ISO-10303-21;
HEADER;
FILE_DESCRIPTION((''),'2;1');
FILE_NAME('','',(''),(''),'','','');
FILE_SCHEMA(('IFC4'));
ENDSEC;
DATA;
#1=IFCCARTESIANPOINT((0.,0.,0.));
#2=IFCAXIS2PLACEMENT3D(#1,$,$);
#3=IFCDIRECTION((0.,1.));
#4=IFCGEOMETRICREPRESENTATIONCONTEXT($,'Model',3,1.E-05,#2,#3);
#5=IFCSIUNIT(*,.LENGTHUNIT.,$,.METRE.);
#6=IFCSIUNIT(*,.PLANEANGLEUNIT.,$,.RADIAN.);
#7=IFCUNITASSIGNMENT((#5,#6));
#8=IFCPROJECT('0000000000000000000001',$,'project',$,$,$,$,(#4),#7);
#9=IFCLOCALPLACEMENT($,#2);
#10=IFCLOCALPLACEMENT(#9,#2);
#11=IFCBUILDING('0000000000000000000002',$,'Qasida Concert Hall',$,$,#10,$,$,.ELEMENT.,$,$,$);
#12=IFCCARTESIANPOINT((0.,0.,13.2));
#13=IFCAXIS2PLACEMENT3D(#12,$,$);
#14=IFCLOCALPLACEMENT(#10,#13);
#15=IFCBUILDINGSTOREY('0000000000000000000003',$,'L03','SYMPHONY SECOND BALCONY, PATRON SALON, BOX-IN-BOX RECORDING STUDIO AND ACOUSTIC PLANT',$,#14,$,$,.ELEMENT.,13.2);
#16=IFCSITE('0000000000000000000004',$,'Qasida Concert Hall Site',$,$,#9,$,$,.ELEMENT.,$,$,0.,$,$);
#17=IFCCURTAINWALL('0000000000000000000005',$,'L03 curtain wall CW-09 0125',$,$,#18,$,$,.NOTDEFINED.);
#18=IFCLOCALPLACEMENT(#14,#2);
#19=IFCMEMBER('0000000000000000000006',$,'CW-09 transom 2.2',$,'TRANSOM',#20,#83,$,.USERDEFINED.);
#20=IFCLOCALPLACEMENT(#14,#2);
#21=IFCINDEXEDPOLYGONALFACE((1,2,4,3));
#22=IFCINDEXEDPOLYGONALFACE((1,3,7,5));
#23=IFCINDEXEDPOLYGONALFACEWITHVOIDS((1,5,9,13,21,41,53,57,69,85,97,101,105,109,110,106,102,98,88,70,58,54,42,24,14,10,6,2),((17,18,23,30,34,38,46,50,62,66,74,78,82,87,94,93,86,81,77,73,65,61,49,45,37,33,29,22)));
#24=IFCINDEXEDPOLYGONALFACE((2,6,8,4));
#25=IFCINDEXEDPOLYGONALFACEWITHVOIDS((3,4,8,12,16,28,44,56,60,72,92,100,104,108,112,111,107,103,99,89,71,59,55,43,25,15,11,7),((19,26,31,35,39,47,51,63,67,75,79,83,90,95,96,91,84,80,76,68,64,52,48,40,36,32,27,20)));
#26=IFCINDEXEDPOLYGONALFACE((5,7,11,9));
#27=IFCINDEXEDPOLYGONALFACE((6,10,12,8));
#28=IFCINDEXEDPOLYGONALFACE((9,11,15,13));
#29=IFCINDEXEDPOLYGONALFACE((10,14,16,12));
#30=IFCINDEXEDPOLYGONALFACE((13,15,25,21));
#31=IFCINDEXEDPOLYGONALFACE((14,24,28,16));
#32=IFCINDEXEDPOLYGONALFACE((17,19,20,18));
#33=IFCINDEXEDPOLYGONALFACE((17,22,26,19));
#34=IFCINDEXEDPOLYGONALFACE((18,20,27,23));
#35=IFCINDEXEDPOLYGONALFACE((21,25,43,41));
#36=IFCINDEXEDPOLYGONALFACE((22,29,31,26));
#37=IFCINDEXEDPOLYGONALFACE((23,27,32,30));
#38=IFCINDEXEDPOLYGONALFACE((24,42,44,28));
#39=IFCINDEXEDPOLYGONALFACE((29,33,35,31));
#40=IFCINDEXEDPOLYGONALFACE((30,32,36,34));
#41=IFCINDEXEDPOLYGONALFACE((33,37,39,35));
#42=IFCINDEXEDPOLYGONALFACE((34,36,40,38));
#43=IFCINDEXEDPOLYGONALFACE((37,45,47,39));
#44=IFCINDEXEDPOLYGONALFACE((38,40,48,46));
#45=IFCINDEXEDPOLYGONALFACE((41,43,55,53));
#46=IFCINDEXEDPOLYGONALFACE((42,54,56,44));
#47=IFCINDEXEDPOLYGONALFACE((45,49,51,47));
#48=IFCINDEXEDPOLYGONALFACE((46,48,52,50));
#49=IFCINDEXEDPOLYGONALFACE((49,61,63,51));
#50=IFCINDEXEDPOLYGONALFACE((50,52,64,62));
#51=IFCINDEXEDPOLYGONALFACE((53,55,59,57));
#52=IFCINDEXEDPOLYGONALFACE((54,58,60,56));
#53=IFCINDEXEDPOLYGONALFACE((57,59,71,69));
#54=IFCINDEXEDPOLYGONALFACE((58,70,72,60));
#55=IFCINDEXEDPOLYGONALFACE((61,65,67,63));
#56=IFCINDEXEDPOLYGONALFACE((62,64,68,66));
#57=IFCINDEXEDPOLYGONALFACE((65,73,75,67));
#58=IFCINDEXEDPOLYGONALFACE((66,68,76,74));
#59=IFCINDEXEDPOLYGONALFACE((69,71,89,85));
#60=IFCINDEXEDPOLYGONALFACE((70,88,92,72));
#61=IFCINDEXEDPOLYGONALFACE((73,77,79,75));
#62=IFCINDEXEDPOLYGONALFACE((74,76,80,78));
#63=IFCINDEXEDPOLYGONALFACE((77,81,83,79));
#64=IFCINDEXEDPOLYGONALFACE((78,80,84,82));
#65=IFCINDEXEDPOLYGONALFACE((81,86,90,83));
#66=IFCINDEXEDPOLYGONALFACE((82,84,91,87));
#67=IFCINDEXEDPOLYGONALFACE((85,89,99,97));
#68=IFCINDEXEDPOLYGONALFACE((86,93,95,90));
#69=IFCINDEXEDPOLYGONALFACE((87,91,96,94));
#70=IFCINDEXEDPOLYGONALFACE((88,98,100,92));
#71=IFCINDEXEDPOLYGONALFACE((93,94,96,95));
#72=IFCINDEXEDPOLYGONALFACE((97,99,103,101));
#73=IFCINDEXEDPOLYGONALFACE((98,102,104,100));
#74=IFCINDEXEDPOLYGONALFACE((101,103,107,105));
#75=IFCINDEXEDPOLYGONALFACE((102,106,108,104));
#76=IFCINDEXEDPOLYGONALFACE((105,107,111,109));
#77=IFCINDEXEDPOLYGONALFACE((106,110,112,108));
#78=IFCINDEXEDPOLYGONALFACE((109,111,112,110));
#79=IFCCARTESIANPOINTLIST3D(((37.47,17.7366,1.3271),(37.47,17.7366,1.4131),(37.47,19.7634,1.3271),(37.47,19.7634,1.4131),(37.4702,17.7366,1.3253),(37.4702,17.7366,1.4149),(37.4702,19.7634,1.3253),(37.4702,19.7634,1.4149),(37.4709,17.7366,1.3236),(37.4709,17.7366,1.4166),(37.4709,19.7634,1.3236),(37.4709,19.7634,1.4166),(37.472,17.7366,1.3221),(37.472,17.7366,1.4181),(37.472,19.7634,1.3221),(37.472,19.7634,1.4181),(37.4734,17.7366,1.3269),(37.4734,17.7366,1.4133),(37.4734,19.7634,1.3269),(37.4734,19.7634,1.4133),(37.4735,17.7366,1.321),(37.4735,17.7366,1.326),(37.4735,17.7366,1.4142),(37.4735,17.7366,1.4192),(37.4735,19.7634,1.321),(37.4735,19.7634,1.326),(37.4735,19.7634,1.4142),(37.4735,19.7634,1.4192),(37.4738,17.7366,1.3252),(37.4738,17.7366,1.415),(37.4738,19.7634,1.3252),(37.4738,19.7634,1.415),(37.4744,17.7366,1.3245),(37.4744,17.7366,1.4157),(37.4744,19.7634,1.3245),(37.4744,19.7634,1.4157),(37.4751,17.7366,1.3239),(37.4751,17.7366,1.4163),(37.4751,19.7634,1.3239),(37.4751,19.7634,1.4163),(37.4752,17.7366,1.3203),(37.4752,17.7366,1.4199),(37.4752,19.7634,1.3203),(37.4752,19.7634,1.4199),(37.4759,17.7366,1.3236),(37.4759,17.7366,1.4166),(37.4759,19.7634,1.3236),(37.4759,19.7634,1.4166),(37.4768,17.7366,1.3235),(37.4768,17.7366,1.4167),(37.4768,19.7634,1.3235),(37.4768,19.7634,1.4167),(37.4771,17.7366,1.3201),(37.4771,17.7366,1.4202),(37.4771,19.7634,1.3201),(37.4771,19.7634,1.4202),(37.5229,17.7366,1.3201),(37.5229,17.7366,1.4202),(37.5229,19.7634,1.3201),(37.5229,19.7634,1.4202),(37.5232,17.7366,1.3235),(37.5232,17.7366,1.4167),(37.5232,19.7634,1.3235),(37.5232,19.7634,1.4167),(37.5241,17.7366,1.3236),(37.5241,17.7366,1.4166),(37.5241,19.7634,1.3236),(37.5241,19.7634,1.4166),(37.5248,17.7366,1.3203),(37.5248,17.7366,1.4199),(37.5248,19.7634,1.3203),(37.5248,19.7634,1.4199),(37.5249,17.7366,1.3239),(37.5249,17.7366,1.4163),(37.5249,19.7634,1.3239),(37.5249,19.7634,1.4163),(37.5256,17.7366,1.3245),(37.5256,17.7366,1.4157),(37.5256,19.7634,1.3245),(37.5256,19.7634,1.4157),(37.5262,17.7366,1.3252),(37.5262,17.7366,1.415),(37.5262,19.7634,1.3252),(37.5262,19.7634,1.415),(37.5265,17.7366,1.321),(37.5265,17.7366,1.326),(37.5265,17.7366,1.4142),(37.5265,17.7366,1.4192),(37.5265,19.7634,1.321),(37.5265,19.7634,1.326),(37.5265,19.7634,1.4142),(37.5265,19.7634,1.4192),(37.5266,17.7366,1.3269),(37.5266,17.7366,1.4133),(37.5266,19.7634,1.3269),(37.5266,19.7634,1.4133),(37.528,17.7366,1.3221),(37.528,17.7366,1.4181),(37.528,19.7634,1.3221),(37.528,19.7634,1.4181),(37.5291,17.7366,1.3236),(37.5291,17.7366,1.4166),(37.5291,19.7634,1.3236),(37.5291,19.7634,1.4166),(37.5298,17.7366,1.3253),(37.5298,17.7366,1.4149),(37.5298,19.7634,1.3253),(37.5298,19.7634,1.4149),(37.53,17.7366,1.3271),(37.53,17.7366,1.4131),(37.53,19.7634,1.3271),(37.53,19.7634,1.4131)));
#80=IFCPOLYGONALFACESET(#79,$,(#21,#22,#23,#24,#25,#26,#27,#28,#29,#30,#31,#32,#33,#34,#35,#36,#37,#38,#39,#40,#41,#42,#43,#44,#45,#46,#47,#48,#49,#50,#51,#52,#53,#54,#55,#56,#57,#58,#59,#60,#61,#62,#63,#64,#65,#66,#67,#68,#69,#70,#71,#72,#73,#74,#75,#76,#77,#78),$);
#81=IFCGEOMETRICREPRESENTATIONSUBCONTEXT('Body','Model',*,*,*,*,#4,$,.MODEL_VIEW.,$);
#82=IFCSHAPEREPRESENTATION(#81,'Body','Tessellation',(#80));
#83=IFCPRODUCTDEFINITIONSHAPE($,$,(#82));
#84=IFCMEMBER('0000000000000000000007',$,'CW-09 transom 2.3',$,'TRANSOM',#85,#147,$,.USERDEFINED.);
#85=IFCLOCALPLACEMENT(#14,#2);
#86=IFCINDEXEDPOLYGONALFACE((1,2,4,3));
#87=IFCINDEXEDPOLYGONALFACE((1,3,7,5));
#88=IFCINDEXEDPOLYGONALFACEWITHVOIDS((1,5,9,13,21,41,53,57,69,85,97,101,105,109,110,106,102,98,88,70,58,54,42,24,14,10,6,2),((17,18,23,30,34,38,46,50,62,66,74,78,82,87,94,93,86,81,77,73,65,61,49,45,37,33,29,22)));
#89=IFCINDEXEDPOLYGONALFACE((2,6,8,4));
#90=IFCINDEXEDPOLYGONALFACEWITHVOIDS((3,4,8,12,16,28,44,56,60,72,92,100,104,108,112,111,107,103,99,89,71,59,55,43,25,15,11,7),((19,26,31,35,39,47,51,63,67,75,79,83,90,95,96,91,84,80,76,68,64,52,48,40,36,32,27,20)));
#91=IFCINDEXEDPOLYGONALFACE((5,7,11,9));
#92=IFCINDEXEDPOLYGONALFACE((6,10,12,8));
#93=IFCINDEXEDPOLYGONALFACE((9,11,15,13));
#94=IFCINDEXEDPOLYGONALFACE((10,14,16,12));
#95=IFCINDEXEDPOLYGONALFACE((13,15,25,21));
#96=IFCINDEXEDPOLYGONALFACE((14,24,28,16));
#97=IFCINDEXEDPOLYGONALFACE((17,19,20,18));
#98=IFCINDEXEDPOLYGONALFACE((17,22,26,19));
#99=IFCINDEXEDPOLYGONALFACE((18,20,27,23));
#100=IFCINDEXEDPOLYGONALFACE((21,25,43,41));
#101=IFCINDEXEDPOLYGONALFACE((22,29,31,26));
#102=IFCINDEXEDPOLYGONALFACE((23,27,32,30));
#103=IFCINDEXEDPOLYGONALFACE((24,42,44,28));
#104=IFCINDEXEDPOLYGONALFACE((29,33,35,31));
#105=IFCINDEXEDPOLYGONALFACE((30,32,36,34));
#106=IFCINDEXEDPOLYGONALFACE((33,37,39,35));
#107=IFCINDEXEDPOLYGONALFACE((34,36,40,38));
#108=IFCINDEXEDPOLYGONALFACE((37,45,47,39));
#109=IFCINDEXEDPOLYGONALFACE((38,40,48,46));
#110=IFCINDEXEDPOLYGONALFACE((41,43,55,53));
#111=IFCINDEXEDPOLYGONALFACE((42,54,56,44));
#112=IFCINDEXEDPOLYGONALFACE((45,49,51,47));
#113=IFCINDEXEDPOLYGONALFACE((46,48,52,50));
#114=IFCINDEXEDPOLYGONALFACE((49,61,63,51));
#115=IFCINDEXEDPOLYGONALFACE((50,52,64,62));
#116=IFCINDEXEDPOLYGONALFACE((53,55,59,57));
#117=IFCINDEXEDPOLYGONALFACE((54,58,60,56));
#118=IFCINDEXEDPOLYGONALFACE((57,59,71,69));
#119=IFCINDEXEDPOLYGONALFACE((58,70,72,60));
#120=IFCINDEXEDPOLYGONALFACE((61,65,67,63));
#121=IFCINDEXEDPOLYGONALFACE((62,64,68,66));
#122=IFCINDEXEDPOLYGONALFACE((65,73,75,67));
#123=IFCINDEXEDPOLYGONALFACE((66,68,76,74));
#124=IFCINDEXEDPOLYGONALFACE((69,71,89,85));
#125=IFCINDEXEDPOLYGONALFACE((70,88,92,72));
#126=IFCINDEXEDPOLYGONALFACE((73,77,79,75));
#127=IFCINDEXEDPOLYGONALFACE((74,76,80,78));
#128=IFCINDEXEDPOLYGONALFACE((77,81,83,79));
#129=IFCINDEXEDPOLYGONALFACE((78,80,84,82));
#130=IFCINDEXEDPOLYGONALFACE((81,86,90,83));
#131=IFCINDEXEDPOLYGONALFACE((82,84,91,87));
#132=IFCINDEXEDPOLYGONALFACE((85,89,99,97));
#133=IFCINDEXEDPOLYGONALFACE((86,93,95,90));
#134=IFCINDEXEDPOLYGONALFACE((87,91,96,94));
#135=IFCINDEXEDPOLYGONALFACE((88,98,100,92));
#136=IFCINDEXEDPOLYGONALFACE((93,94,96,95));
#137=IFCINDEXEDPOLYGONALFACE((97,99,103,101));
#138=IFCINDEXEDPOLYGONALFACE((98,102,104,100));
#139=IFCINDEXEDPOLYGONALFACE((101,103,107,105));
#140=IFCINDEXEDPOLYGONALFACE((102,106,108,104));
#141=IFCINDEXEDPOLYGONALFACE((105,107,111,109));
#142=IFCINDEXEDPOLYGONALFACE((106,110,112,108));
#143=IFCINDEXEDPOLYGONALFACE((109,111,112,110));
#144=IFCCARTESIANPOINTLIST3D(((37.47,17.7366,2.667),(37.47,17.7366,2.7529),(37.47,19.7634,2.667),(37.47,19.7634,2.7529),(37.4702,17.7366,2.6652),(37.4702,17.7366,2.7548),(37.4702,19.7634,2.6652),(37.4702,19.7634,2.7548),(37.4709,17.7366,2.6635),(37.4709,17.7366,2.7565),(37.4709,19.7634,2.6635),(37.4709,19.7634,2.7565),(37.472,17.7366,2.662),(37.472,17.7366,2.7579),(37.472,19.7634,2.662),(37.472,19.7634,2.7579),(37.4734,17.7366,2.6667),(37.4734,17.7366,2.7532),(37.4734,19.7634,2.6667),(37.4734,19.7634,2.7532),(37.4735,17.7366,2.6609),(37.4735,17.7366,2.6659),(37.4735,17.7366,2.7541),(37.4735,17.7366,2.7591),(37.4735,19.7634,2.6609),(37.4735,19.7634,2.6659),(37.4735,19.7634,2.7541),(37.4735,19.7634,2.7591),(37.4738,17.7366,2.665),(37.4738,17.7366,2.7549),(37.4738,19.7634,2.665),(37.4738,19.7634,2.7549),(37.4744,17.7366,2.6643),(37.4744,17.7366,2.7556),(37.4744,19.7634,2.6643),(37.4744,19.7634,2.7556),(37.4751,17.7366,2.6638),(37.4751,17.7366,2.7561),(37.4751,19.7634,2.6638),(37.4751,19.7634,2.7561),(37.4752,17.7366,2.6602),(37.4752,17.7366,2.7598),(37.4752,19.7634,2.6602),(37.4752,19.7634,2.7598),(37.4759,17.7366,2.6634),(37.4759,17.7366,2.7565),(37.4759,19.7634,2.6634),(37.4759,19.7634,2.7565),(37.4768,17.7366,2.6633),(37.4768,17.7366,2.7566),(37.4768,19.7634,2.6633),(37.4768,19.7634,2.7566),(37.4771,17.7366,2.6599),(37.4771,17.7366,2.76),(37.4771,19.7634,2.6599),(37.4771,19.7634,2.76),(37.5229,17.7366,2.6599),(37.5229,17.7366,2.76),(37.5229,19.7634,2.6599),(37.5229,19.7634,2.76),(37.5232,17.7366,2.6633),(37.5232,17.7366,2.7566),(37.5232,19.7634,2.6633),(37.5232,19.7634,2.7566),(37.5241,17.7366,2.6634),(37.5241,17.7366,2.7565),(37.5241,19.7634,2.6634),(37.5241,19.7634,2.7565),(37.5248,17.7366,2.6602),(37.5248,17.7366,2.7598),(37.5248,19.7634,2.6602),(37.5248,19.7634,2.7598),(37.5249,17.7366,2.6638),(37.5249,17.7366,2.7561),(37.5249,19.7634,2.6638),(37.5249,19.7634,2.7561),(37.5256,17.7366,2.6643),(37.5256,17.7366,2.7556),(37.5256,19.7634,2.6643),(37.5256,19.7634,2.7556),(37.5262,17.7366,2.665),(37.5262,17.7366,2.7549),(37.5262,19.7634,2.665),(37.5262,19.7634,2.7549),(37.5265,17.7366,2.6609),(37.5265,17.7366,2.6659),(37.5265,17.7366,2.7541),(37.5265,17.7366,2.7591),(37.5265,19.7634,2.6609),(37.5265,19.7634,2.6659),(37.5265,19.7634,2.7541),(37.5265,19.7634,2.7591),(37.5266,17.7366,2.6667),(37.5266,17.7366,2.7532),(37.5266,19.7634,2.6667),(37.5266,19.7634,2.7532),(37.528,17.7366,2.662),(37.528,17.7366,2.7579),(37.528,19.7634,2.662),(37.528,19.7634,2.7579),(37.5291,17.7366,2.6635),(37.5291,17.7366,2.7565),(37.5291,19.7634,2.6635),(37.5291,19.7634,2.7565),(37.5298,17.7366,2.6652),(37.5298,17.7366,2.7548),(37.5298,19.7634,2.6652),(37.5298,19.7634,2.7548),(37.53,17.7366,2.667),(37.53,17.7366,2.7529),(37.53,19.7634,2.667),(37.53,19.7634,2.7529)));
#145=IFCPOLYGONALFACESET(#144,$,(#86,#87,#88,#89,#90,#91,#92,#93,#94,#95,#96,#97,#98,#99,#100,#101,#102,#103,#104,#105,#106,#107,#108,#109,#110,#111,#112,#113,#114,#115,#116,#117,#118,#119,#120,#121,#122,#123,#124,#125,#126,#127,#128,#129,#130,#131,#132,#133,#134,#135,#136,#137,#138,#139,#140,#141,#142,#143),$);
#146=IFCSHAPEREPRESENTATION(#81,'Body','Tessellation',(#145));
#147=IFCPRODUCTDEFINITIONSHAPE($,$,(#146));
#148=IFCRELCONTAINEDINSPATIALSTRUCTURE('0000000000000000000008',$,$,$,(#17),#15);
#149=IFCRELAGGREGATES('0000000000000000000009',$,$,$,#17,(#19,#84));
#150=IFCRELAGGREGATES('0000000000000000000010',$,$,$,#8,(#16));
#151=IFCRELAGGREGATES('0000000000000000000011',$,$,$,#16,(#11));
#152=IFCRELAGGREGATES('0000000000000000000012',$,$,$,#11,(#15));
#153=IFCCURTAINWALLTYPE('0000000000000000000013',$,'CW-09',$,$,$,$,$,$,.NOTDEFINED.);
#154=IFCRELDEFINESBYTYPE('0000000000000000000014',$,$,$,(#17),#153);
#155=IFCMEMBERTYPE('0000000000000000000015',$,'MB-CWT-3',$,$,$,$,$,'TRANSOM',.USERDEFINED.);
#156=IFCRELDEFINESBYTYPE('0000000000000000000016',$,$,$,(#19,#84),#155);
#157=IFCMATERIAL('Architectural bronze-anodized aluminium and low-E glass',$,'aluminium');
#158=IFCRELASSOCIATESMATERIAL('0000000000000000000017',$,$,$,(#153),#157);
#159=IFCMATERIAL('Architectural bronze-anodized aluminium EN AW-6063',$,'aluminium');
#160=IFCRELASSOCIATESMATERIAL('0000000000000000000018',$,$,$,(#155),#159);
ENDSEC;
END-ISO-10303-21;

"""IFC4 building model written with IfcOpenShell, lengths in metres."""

from ifc_helpers import new_model, si_unit, direction, frame, origin, origin_2d, place, context, subcontext, project, spatial, hollow_rectangle, extrude, material, material_profile, profile_set, type_object, element, aggregate, save


model = new_model("IFC4")

# Units and contexts
model_context = context("Model", 3, precision=1e-05, world=origin(), true_north=direction((0.0, 1.0)))
body_context = subcontext(model_context, "Body", "Model", "MODEL_VIEW")
ifc_project = project(units=[si_unit("LENGTHUNIT", "METRE"), si_unit("PLANEANGLEUNIT", "RADIAN")], contexts=[model_context])

# Site, building, storey
site_placement = place(None, origin())
site = spatial("IfcSite", under=ifc_project, at=site_placement, Name="Qasida Concert Hall Site", CompositionType="ELEMENT", RefElevation=0.0)
building_placement = place(site_placement, origin())
building = spatial("IfcBuilding", under=site, at=building_placement, Name="Qasida Concert Hall", CompositionType="ELEMENT")
storey_placement = place(building_placement, frame((0.0, 0.0, 13.2)))
storey = spatial("IfcBuildingStorey", under=building, at=storey_placement, Name="L03", Description="SYMPHONY SECOND BALCONY, PATRON SALON, BOX-IN-BOX RECORDING STUDIO AND ACOUSTIC PLANT", CompositionType="ELEMENT", Elevation=13.2)

# Curtain wall
ifc_material_1 = material(Name="Architectural bronze-anodized aluminium and low-E glass", Category="aluminium")
curtain_wall_type = type_object("IfcCurtainWallType", Name="CW-09", PredefinedType="NOTDEFINED", material=ifc_material_1)
curtain_wall_1_placement = place(storey_placement, origin())
curtain_wall_1 = element("IfcCurtainWall", 1, at=curtain_wall_1_placement, inside=storey, type_object=curtain_wall_type, Name="L03 curtain wall CW-09 0125", PredefinedType="NOTDEFINED")
ifc_material_2 = material(Name="Architectural bronze-anodized aluminium EN AW-6063", Category="aluminium")

# Members
ifc_material_profile_1 = material_profile(ifc_material_2, hollow_rectangle(XDim=0.0601, YDim=0.1001, WallThickness=0.0034, InnerFilletRadius=0.0034, OuterFilletRadius=0.0071, at=origin_2d()), Name="CWT 100x60x3.5")
ifc_profile_set_1 = profile_set([ifc_material_profile_1], Name="Architectural bronze-anodized aluminium EN AW-6063")
member_type_1 = type_object("IfcMemberType", Name="MB-CWT-3", ElementType="TRANSOM", PredefinedType="USERDEFINED", material=ifc_profile_set_1)
member_1_placement = place(storey_placement, frame((37.5, 17.7366, 1.3701), z_axis=(0.0, 1.0, 0.0), x_axis=(-1.0, 0.0, 0.0)))
member_1 = element("IfcMember", 2, at=member_1_placement, type_object=member_type_1, Name="CW-09 transom 2.2", ObjectType="TRANSOM", PredefinedType="USERDEFINED", context=body_context, shape_type="SweptSolid", body=[
    extrude(hollow_rectangle(XDim=0.0601, YDim=0.1001, WallThickness=0.0034, InnerFilletRadius=0.0034, OuterFilletRadius=0.0071, at=origin_2d()), origin(), (0.0, 0.0, 1.0), 2.0269),
])
member_2_placement = place(storey_placement, frame((37.5, 17.7366, 2.71), z_axis=(0.0, 1.0, 0.0), x_axis=(-1.0, 0.0, 0.0)))
member_2 = element("IfcMember", 3, at=member_2_placement, type_object=member_type_1, Name="CW-09 transom 2.3", ObjectType="TRANSOM", PredefinedType="USERDEFINED", context=body_context, shape_type="SweptSolid", body=[
    extrude(hollow_rectangle(XDim=0.0601, YDim=0.1001, WallThickness=0.0034, InnerFilletRadius=0.0034, OuterFilletRadius=0.0071, at=origin_2d()), origin(), (0.0, 0.0, 1.0), 2.0269),
])

aggregate(curtain_wall_1, [member_1, member_2])

save(model, "model.ifc")
